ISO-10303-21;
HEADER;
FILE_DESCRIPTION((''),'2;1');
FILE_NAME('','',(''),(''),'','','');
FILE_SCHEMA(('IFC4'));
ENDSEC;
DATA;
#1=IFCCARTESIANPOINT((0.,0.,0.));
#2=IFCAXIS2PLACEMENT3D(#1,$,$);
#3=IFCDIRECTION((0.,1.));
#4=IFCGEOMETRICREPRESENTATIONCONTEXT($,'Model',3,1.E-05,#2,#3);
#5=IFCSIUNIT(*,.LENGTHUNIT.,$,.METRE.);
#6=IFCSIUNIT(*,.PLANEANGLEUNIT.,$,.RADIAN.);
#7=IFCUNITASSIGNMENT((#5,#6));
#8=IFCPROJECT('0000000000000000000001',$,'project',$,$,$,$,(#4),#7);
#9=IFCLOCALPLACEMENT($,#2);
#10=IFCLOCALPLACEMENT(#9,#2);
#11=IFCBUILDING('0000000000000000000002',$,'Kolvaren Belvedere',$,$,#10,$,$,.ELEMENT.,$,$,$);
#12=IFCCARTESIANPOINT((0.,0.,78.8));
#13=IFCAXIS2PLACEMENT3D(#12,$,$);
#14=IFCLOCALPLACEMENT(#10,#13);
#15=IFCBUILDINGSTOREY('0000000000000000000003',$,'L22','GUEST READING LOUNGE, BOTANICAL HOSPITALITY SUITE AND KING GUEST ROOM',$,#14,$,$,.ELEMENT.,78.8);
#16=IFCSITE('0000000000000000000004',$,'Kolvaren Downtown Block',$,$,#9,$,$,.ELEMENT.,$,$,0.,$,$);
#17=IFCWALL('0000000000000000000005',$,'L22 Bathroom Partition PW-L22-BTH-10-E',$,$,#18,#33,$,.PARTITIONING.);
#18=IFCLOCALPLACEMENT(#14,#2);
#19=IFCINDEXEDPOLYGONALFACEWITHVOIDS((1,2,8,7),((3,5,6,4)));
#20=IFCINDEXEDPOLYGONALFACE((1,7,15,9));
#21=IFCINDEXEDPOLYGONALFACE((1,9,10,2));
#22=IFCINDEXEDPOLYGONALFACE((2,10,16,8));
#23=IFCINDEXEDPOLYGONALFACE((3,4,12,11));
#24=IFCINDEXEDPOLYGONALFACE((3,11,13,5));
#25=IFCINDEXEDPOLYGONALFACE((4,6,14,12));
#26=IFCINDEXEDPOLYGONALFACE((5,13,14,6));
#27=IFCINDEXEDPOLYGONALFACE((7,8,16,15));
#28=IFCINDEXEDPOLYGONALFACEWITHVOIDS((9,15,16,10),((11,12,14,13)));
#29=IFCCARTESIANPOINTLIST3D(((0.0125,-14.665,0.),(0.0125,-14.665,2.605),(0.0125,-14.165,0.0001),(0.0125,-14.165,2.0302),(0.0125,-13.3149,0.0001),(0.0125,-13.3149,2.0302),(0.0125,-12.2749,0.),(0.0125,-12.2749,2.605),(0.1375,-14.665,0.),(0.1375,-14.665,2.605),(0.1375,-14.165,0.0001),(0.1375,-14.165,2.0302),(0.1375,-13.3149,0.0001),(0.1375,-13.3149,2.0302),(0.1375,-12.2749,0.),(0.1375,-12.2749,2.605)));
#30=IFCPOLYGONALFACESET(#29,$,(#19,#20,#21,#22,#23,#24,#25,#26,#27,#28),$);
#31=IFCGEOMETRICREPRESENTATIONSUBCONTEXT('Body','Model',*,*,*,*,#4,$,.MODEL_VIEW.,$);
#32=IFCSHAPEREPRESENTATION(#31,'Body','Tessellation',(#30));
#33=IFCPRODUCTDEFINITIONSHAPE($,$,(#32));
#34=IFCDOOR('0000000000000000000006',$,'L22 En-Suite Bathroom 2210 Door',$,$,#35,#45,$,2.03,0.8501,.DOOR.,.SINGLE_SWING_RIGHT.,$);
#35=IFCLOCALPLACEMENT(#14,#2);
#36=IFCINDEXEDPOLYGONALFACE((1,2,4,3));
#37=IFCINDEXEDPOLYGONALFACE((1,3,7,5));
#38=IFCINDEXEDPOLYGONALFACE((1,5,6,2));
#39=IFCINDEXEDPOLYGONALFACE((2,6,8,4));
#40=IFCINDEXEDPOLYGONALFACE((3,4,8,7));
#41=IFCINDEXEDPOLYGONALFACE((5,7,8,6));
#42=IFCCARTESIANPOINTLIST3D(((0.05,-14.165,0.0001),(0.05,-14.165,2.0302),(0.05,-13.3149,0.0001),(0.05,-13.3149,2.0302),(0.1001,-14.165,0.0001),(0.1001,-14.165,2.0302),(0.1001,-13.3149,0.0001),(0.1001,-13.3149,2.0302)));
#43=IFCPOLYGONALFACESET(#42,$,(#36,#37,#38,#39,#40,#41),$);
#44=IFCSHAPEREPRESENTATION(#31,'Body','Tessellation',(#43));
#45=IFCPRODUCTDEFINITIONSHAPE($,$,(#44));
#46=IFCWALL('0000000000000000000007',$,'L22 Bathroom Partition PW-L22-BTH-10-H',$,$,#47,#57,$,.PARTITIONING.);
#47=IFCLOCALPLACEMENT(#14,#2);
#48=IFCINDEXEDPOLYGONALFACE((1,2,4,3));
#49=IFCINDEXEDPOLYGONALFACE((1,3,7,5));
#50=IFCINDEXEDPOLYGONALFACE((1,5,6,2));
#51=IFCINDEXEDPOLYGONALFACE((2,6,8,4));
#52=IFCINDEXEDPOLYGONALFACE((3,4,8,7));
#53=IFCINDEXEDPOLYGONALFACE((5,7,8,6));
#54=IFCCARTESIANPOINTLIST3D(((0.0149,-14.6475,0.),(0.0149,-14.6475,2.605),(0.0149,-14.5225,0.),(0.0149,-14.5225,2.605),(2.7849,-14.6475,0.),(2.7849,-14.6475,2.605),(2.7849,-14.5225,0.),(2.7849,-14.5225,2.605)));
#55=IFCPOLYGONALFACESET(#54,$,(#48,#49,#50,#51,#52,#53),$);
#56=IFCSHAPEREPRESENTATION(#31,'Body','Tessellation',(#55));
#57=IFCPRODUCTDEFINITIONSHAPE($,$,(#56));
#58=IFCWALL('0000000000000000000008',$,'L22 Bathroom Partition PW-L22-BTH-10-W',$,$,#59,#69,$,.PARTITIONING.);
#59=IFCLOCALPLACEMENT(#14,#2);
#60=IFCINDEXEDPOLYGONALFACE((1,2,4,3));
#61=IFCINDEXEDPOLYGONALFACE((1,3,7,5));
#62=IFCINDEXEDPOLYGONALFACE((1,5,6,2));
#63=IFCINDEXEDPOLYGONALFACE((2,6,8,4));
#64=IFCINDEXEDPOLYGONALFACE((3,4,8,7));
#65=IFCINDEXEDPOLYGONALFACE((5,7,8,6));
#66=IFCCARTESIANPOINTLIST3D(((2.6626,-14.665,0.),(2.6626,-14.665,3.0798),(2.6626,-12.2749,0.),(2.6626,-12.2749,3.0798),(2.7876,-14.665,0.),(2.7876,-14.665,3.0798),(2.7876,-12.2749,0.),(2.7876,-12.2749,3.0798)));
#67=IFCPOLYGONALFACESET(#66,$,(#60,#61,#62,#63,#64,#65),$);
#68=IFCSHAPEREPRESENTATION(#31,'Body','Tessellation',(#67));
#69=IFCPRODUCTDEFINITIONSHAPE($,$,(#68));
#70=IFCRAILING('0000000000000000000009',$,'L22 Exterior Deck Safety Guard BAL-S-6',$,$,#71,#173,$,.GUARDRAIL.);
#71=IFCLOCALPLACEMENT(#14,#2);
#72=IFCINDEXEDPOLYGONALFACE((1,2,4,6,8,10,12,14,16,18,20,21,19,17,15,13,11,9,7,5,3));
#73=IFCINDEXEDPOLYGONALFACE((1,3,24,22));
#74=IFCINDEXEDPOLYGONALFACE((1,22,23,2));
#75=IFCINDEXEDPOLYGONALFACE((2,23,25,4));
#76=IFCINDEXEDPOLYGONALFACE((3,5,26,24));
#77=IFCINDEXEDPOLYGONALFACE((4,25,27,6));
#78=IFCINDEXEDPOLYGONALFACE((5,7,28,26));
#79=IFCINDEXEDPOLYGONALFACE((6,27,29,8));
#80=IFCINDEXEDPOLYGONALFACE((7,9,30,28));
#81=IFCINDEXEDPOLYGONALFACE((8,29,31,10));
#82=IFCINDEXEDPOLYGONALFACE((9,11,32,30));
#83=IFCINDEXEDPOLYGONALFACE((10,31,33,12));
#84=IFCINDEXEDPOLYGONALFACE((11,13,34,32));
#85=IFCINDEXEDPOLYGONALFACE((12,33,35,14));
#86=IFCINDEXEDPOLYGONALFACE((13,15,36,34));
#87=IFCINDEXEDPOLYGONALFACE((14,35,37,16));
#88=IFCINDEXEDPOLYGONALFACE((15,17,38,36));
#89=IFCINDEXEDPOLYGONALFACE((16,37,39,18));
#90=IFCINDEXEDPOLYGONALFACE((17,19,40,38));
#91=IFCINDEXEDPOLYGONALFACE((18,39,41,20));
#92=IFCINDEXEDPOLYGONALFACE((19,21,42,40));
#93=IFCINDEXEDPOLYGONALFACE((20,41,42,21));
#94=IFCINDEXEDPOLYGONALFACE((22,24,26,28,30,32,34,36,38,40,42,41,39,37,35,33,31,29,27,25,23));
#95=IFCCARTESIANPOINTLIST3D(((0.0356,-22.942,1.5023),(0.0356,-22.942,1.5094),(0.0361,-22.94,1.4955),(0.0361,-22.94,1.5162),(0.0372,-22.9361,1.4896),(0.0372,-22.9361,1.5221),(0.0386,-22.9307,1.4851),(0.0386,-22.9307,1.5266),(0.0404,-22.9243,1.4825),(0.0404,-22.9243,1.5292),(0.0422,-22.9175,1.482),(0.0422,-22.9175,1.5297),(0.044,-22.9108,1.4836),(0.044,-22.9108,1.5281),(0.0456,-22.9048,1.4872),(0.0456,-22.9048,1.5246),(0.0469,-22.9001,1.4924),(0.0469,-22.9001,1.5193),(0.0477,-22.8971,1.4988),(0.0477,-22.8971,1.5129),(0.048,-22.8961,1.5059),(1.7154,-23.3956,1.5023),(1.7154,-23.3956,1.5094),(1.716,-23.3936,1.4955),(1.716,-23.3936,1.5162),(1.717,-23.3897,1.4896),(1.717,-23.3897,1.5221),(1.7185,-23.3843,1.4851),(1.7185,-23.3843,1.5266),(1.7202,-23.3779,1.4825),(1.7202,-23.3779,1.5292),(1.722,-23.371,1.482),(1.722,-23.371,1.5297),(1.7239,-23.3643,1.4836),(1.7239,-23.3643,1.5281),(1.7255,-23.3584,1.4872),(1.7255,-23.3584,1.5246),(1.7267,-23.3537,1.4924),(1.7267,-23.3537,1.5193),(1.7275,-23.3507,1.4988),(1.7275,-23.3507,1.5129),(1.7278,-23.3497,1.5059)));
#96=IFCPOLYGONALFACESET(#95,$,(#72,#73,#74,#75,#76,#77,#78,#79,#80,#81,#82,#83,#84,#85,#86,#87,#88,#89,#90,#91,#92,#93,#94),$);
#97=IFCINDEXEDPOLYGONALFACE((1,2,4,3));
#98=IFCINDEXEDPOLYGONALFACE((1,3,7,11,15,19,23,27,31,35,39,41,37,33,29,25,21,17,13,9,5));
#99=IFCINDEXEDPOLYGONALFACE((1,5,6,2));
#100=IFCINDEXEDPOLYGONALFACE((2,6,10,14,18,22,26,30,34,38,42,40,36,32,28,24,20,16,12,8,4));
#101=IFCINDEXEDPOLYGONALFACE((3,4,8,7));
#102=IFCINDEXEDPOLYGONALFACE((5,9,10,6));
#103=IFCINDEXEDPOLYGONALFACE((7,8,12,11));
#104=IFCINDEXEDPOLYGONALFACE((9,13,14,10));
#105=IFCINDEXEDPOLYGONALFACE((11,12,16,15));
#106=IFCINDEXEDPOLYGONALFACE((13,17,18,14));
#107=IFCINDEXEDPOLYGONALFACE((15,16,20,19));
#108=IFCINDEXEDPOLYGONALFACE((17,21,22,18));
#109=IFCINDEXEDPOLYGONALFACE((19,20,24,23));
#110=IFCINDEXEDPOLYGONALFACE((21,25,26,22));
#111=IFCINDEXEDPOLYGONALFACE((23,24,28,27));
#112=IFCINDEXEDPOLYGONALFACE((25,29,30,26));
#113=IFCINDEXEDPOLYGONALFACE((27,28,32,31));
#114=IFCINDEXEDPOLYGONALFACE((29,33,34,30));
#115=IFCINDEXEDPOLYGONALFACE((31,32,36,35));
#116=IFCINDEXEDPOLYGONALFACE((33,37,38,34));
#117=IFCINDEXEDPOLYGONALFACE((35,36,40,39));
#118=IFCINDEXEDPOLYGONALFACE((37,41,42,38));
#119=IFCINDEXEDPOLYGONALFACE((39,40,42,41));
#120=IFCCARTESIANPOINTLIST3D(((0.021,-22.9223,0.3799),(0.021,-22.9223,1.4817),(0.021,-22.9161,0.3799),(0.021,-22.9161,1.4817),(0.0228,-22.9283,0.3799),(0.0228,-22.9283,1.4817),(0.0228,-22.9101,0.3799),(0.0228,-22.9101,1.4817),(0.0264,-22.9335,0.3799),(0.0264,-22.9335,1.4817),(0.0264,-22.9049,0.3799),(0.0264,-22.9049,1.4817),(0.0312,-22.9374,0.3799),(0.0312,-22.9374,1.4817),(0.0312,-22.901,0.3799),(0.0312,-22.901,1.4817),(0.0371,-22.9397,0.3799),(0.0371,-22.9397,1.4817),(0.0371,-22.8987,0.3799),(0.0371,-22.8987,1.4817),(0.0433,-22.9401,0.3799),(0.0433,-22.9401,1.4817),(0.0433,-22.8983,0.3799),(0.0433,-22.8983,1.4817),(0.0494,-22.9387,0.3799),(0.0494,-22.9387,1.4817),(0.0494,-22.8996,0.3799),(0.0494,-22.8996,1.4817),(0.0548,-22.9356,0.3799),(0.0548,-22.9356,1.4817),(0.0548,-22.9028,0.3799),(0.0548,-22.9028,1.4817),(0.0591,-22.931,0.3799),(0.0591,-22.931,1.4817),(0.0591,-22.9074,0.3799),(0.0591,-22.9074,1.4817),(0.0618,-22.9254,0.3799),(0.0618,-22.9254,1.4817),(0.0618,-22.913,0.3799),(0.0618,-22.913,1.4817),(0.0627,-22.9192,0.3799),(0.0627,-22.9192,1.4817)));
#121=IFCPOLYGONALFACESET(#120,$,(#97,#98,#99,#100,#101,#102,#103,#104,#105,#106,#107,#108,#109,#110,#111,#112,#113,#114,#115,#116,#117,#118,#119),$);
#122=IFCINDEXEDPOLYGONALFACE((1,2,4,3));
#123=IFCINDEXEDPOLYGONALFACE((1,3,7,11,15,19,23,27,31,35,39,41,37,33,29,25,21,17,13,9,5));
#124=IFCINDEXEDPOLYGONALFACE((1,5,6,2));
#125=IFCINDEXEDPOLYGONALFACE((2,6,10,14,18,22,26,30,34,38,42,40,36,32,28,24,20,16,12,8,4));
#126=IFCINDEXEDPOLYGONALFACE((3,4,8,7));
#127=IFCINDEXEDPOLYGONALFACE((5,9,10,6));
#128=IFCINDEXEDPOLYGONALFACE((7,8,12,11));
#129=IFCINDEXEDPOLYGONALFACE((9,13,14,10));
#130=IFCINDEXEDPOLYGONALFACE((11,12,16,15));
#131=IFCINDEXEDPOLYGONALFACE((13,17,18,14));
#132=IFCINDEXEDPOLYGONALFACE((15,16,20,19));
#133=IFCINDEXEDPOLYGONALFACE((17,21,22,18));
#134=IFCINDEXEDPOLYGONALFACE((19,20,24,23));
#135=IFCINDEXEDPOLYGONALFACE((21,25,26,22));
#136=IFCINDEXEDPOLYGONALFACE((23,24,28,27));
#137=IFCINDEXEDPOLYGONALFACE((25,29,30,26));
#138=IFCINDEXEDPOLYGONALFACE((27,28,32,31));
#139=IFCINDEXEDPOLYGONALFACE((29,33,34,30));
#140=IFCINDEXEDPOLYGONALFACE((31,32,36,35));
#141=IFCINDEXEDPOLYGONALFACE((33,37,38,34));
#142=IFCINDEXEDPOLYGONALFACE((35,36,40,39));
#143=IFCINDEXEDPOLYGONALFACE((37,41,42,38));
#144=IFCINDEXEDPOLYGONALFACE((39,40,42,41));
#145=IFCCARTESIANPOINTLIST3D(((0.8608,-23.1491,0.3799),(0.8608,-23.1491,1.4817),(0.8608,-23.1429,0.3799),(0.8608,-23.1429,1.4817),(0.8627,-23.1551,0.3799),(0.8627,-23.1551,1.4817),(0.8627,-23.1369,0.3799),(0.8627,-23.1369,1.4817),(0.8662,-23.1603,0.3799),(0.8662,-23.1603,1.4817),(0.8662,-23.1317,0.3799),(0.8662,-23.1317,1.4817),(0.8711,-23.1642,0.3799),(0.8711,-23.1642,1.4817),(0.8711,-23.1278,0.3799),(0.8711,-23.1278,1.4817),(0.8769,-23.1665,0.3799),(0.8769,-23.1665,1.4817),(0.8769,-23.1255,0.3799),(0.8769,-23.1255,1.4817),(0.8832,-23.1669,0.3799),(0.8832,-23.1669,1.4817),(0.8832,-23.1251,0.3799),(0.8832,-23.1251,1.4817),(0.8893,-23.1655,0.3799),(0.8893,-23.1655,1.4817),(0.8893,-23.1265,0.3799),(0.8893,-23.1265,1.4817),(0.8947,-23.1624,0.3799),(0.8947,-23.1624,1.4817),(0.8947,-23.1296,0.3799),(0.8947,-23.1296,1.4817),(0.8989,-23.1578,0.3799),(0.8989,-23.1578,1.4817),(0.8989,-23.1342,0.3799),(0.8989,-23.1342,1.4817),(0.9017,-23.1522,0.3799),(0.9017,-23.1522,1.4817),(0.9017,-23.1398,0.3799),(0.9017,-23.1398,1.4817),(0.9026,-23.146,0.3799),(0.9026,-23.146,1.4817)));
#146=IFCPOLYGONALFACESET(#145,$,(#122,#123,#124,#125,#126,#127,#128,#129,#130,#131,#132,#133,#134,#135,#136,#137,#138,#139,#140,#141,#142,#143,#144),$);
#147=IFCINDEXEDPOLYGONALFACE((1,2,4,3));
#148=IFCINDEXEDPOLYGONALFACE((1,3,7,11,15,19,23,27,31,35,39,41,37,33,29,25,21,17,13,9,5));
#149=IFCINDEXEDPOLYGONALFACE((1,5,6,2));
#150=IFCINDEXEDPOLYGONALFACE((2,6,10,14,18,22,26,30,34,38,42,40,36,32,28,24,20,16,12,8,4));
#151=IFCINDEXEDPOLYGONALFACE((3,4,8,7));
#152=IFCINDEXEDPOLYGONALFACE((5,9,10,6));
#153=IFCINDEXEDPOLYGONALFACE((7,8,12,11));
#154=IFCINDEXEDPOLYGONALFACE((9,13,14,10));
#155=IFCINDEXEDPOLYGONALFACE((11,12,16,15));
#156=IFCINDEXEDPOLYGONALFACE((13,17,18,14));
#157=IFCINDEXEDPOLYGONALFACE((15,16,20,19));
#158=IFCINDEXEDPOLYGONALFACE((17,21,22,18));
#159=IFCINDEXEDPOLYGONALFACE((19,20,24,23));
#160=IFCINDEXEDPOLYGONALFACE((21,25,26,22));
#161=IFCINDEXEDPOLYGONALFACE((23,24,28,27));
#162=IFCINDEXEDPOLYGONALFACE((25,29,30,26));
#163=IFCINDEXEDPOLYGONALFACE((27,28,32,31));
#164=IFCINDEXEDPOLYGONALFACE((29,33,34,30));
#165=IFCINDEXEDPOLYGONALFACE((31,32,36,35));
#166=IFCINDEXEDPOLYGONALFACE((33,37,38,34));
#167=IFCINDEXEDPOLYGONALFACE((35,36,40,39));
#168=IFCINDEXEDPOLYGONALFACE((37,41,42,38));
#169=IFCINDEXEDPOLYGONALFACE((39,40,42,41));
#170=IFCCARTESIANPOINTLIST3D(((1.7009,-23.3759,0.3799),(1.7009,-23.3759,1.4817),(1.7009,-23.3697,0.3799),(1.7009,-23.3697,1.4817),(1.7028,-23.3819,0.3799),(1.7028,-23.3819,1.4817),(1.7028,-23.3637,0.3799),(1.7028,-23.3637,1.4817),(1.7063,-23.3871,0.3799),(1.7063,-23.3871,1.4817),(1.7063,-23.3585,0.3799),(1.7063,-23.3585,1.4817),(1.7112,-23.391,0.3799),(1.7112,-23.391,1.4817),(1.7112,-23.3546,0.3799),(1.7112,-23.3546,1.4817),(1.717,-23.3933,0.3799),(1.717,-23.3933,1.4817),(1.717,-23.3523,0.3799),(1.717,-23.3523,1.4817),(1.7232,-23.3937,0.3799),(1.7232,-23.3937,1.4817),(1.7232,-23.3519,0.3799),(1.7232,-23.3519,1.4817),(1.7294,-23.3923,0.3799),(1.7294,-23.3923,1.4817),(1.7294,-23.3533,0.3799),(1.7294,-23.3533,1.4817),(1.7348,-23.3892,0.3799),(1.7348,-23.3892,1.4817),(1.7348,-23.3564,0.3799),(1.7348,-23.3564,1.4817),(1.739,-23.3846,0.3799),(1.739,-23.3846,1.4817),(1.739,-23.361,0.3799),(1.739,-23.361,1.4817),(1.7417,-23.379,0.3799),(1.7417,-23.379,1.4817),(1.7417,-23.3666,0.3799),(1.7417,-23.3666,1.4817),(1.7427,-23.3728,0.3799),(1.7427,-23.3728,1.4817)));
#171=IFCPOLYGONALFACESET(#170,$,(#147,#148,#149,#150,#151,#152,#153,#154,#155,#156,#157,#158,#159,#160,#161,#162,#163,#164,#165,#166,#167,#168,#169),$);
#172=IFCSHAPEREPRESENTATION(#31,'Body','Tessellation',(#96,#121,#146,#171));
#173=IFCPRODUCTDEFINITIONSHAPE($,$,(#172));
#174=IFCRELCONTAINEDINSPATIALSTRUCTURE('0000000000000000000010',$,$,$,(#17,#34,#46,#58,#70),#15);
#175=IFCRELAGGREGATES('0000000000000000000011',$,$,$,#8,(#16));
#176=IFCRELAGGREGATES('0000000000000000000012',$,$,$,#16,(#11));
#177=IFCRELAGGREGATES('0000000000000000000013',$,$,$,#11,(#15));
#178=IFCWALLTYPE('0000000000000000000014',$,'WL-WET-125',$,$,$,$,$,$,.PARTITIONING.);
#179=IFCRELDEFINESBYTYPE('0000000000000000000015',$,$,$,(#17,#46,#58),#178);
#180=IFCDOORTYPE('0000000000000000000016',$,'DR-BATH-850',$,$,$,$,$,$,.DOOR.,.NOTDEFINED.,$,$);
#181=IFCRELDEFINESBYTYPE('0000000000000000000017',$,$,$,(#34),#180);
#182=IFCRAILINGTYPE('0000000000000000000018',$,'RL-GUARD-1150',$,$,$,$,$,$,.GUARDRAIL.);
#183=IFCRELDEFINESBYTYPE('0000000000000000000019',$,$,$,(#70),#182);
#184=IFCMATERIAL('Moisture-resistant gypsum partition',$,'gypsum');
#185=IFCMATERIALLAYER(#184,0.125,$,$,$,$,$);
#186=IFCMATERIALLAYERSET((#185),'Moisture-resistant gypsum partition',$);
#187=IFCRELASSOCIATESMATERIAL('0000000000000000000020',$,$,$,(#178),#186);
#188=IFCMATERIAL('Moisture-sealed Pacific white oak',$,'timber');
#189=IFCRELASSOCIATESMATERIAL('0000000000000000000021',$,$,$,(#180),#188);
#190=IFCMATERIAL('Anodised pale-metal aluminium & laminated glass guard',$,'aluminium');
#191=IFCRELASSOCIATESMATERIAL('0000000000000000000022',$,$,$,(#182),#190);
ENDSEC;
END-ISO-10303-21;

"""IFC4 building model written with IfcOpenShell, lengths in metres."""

from ifc_helpers import new_model, si_unit, direction, frame, frame_2d, origin, origin_2d, place, context, subcontext, project, spatial, rectangle, circle, extrude, material, layer, layer_set, type_object, element, fill, save


model = new_model("IFC4")

# Units and contexts
model_context = context("Model", 3, precision=1e-05, world=origin(), true_north=direction((0.0, 1.0)))
body_context = subcontext(model_context, "Body", "Model", "MODEL_VIEW")
ifc_project = project(units=[si_unit("LENGTHUNIT", "METRE"), si_unit("PLANEANGLEUNIT", "RADIAN")], contexts=[model_context])

# Site, building, storey
site_placement = place(None, origin())
site = spatial("IfcSite", under=ifc_project, at=site_placement, Name="Kolvaren Downtown Block", CompositionType="ELEMENT", RefElevation=0.0)
building_placement = place(site_placement, origin())
building = spatial("IfcBuilding", under=site, at=building_placement, Name="Kolvaren Belvedere", CompositionType="ELEMENT")
storey_placement = place(building_placement, frame((0.0, 0.0, 78.8)))
storey = spatial("IfcBuildingStorey", under=building, at=storey_placement, Name="L22", Description="GUEST READING LOUNGE, BOTANICAL HOSPITALITY SUITE AND KING GUEST ROOM", CompositionType="ELEMENT", Elevation=78.8)

# Wall, opening, door
ifc_material_1 = material(Name="Moisture-resistant gypsum partition", Category="gypsum")
ifc_layer_1 = layer(ifc_material_1, 0.125)
ifc_layer_set_1 = layer_set([ifc_layer_1], Name="Moisture-resistant gypsum partition")
wall_type_1 = type_object("IfcWallType", Name="WL-WET-125", PredefinedType="PARTITIONING", material=ifc_layer_set_1)
wall_1_placement = place(storey_placement, frame((0.075, -14.665, 0.0), z_axis=(0.0, 0.0, 1.0), x_axis=(0.0, 1.0, 0.0)))
wall_1 = element("IfcWall", 1, at=wall_1_placement, inside=storey, type_object=wall_type_1, Name="L22 Bathroom Partition PW-L22-BTH-10-E", PredefinedType="PARTITIONING", context=body_context, shape_type="SweptSolid", body=[
    extrude(rectangle(XDim=2.3901, YDim=0.125, at=frame_2d((1.1951, 0.0))), origin(), (0.0, 0.0, 1.0), 2.605),
])
opening_1_placement = place(wall_1_placement, frame((0.5, 0.0, 0.0)))
opening_1 = element("IfcOpeningElement", 2, at=opening_1_placement, cuts=wall_1, PredefinedType="OPENING", context=body_context, shape_type="SweptSolid", body=[
    extrude(rectangle(XDim=0.8501, YDim=2.03, at=frame_2d((0.425, 1.0151))), frame((0.0, 0.0725, 0.0), z_axis=(0.0, -1.0, 0.0), x_axis=(1.0, 0.0, 0.0)), (0.0, 0.0, 1.0), 0.145),
])
ifc_material_2 = material(Name="Moisture-sealed Pacific white oak", Category="timber")
door_type_1 = type_object("IfcDoorType", Name="DR-BATH-850", OperationType="NOTDEFINED", PredefinedType="DOOR", material=ifc_material_2)
door_1_placement = place(opening_1_placement, origin())
door_1 = element("IfcDoor", 3, at=door_1_placement, inside=storey, type_object=door_type_1, Name="L22 En-Suite Bathroom 2210 Door", OperationType="SINGLE_SWING_RIGHT", OverallHeight=2.03, OverallWidth=0.8501, PredefinedType="DOOR", context=body_context, shape_type="SweptSolid", body=[
    extrude(rectangle(XDim=0.8501, YDim=2.03, at=frame_2d((0.425, 1.0151))), frame((0.0, 0.0249, 0.0), z_axis=(0.0, -1.0, 0.0), x_axis=(1.0, 0.0, 0.0)), (0.0, 0.0, 1.0), 0.05),
])
fill(opening_1, door_1)

# Walls
wall_2_placement = place(storey_placement, frame((0.0149, -14.585, 0.0), z_axis=(0.0, 0.0, 1.0), x_axis=(1.0, 0.0, 0.0)))
element("IfcWall", 4, at=wall_2_placement, inside=storey, type_object=wall_type_1, Name="L22 Bathroom Partition PW-L22-BTH-10-H", PredefinedType="PARTITIONING", context=body_context, shape_type="SweptSolid", body=[
    extrude(rectangle(XDim=2.77, YDim=0.125, at=frame_2d((1.385, 0.0))), origin(), (0.0, 0.0, 1.0), 2.605),
])
wall_3_placement = place(storey_placement, frame((2.7251, -14.665, 0.0), z_axis=(0.0, 0.0, 1.0), x_axis=(0.0, 1.0, 0.0)))
element("IfcWall", 5, at=wall_3_placement, inside=storey, type_object=wall_type_1, Name="L22 Bathroom Partition PW-L22-BTH-10-W", PredefinedType="PARTITIONING", context=body_context, shape_type="SweptSolid", body=[
    extrude(rectangle(XDim=2.3901, YDim=0.125, at=frame_2d((1.1951, 0.0))), origin(), (0.0, 0.0, 1.0), 3.0798),
])

# Railing
ifc_material_3 = material(Name="Anodised pale-metal aluminium & laminated glass guard", Category="aluminium")
railing_type = type_object("IfcRailingType", Name="RL-GUARD-1150", PredefinedType="GUARDRAIL", material=ifc_material_3)
railing_1_placement = place(storey_placement, frame((0.0417, -22.9192, 0.3799)))
element("IfcRailing", 6, at=railing_1_placement, inside=storey, type_object=railing_type, Name="L22 Exterior Deck Safety Guard BAL-S-6", PredefinedType="GUARDRAIL", context=body_context, shape_type="SweptSolid", body=[
    extrude(circle(Radius=0.0239, at=origin_2d()), frame((0.0, 0.0, 1.126), z_axis=(0.965424, -0.260683, 0.0), x_axis=(0.260683, 0.965424, 0.0)), (0.0, 0.0, 1.0), 1.74),
    extrude(circle(Radius=0.021, at=origin_2d()), origin(), (0.0, 0.0, 1.0), 1.1018),
    extrude(circle(Radius=0.021, at=origin_2d()), frame((0.8398, -0.2268, 0.0)), (0.0, 0.0, 1.0), 1.1018),
    extrude(circle(Radius=0.021, at=origin_2d()), frame((1.6799, -0.4536, 0.0)), (0.0, 0.0, 1.0), 1.1018),
])

save(model, "model.ifc")
